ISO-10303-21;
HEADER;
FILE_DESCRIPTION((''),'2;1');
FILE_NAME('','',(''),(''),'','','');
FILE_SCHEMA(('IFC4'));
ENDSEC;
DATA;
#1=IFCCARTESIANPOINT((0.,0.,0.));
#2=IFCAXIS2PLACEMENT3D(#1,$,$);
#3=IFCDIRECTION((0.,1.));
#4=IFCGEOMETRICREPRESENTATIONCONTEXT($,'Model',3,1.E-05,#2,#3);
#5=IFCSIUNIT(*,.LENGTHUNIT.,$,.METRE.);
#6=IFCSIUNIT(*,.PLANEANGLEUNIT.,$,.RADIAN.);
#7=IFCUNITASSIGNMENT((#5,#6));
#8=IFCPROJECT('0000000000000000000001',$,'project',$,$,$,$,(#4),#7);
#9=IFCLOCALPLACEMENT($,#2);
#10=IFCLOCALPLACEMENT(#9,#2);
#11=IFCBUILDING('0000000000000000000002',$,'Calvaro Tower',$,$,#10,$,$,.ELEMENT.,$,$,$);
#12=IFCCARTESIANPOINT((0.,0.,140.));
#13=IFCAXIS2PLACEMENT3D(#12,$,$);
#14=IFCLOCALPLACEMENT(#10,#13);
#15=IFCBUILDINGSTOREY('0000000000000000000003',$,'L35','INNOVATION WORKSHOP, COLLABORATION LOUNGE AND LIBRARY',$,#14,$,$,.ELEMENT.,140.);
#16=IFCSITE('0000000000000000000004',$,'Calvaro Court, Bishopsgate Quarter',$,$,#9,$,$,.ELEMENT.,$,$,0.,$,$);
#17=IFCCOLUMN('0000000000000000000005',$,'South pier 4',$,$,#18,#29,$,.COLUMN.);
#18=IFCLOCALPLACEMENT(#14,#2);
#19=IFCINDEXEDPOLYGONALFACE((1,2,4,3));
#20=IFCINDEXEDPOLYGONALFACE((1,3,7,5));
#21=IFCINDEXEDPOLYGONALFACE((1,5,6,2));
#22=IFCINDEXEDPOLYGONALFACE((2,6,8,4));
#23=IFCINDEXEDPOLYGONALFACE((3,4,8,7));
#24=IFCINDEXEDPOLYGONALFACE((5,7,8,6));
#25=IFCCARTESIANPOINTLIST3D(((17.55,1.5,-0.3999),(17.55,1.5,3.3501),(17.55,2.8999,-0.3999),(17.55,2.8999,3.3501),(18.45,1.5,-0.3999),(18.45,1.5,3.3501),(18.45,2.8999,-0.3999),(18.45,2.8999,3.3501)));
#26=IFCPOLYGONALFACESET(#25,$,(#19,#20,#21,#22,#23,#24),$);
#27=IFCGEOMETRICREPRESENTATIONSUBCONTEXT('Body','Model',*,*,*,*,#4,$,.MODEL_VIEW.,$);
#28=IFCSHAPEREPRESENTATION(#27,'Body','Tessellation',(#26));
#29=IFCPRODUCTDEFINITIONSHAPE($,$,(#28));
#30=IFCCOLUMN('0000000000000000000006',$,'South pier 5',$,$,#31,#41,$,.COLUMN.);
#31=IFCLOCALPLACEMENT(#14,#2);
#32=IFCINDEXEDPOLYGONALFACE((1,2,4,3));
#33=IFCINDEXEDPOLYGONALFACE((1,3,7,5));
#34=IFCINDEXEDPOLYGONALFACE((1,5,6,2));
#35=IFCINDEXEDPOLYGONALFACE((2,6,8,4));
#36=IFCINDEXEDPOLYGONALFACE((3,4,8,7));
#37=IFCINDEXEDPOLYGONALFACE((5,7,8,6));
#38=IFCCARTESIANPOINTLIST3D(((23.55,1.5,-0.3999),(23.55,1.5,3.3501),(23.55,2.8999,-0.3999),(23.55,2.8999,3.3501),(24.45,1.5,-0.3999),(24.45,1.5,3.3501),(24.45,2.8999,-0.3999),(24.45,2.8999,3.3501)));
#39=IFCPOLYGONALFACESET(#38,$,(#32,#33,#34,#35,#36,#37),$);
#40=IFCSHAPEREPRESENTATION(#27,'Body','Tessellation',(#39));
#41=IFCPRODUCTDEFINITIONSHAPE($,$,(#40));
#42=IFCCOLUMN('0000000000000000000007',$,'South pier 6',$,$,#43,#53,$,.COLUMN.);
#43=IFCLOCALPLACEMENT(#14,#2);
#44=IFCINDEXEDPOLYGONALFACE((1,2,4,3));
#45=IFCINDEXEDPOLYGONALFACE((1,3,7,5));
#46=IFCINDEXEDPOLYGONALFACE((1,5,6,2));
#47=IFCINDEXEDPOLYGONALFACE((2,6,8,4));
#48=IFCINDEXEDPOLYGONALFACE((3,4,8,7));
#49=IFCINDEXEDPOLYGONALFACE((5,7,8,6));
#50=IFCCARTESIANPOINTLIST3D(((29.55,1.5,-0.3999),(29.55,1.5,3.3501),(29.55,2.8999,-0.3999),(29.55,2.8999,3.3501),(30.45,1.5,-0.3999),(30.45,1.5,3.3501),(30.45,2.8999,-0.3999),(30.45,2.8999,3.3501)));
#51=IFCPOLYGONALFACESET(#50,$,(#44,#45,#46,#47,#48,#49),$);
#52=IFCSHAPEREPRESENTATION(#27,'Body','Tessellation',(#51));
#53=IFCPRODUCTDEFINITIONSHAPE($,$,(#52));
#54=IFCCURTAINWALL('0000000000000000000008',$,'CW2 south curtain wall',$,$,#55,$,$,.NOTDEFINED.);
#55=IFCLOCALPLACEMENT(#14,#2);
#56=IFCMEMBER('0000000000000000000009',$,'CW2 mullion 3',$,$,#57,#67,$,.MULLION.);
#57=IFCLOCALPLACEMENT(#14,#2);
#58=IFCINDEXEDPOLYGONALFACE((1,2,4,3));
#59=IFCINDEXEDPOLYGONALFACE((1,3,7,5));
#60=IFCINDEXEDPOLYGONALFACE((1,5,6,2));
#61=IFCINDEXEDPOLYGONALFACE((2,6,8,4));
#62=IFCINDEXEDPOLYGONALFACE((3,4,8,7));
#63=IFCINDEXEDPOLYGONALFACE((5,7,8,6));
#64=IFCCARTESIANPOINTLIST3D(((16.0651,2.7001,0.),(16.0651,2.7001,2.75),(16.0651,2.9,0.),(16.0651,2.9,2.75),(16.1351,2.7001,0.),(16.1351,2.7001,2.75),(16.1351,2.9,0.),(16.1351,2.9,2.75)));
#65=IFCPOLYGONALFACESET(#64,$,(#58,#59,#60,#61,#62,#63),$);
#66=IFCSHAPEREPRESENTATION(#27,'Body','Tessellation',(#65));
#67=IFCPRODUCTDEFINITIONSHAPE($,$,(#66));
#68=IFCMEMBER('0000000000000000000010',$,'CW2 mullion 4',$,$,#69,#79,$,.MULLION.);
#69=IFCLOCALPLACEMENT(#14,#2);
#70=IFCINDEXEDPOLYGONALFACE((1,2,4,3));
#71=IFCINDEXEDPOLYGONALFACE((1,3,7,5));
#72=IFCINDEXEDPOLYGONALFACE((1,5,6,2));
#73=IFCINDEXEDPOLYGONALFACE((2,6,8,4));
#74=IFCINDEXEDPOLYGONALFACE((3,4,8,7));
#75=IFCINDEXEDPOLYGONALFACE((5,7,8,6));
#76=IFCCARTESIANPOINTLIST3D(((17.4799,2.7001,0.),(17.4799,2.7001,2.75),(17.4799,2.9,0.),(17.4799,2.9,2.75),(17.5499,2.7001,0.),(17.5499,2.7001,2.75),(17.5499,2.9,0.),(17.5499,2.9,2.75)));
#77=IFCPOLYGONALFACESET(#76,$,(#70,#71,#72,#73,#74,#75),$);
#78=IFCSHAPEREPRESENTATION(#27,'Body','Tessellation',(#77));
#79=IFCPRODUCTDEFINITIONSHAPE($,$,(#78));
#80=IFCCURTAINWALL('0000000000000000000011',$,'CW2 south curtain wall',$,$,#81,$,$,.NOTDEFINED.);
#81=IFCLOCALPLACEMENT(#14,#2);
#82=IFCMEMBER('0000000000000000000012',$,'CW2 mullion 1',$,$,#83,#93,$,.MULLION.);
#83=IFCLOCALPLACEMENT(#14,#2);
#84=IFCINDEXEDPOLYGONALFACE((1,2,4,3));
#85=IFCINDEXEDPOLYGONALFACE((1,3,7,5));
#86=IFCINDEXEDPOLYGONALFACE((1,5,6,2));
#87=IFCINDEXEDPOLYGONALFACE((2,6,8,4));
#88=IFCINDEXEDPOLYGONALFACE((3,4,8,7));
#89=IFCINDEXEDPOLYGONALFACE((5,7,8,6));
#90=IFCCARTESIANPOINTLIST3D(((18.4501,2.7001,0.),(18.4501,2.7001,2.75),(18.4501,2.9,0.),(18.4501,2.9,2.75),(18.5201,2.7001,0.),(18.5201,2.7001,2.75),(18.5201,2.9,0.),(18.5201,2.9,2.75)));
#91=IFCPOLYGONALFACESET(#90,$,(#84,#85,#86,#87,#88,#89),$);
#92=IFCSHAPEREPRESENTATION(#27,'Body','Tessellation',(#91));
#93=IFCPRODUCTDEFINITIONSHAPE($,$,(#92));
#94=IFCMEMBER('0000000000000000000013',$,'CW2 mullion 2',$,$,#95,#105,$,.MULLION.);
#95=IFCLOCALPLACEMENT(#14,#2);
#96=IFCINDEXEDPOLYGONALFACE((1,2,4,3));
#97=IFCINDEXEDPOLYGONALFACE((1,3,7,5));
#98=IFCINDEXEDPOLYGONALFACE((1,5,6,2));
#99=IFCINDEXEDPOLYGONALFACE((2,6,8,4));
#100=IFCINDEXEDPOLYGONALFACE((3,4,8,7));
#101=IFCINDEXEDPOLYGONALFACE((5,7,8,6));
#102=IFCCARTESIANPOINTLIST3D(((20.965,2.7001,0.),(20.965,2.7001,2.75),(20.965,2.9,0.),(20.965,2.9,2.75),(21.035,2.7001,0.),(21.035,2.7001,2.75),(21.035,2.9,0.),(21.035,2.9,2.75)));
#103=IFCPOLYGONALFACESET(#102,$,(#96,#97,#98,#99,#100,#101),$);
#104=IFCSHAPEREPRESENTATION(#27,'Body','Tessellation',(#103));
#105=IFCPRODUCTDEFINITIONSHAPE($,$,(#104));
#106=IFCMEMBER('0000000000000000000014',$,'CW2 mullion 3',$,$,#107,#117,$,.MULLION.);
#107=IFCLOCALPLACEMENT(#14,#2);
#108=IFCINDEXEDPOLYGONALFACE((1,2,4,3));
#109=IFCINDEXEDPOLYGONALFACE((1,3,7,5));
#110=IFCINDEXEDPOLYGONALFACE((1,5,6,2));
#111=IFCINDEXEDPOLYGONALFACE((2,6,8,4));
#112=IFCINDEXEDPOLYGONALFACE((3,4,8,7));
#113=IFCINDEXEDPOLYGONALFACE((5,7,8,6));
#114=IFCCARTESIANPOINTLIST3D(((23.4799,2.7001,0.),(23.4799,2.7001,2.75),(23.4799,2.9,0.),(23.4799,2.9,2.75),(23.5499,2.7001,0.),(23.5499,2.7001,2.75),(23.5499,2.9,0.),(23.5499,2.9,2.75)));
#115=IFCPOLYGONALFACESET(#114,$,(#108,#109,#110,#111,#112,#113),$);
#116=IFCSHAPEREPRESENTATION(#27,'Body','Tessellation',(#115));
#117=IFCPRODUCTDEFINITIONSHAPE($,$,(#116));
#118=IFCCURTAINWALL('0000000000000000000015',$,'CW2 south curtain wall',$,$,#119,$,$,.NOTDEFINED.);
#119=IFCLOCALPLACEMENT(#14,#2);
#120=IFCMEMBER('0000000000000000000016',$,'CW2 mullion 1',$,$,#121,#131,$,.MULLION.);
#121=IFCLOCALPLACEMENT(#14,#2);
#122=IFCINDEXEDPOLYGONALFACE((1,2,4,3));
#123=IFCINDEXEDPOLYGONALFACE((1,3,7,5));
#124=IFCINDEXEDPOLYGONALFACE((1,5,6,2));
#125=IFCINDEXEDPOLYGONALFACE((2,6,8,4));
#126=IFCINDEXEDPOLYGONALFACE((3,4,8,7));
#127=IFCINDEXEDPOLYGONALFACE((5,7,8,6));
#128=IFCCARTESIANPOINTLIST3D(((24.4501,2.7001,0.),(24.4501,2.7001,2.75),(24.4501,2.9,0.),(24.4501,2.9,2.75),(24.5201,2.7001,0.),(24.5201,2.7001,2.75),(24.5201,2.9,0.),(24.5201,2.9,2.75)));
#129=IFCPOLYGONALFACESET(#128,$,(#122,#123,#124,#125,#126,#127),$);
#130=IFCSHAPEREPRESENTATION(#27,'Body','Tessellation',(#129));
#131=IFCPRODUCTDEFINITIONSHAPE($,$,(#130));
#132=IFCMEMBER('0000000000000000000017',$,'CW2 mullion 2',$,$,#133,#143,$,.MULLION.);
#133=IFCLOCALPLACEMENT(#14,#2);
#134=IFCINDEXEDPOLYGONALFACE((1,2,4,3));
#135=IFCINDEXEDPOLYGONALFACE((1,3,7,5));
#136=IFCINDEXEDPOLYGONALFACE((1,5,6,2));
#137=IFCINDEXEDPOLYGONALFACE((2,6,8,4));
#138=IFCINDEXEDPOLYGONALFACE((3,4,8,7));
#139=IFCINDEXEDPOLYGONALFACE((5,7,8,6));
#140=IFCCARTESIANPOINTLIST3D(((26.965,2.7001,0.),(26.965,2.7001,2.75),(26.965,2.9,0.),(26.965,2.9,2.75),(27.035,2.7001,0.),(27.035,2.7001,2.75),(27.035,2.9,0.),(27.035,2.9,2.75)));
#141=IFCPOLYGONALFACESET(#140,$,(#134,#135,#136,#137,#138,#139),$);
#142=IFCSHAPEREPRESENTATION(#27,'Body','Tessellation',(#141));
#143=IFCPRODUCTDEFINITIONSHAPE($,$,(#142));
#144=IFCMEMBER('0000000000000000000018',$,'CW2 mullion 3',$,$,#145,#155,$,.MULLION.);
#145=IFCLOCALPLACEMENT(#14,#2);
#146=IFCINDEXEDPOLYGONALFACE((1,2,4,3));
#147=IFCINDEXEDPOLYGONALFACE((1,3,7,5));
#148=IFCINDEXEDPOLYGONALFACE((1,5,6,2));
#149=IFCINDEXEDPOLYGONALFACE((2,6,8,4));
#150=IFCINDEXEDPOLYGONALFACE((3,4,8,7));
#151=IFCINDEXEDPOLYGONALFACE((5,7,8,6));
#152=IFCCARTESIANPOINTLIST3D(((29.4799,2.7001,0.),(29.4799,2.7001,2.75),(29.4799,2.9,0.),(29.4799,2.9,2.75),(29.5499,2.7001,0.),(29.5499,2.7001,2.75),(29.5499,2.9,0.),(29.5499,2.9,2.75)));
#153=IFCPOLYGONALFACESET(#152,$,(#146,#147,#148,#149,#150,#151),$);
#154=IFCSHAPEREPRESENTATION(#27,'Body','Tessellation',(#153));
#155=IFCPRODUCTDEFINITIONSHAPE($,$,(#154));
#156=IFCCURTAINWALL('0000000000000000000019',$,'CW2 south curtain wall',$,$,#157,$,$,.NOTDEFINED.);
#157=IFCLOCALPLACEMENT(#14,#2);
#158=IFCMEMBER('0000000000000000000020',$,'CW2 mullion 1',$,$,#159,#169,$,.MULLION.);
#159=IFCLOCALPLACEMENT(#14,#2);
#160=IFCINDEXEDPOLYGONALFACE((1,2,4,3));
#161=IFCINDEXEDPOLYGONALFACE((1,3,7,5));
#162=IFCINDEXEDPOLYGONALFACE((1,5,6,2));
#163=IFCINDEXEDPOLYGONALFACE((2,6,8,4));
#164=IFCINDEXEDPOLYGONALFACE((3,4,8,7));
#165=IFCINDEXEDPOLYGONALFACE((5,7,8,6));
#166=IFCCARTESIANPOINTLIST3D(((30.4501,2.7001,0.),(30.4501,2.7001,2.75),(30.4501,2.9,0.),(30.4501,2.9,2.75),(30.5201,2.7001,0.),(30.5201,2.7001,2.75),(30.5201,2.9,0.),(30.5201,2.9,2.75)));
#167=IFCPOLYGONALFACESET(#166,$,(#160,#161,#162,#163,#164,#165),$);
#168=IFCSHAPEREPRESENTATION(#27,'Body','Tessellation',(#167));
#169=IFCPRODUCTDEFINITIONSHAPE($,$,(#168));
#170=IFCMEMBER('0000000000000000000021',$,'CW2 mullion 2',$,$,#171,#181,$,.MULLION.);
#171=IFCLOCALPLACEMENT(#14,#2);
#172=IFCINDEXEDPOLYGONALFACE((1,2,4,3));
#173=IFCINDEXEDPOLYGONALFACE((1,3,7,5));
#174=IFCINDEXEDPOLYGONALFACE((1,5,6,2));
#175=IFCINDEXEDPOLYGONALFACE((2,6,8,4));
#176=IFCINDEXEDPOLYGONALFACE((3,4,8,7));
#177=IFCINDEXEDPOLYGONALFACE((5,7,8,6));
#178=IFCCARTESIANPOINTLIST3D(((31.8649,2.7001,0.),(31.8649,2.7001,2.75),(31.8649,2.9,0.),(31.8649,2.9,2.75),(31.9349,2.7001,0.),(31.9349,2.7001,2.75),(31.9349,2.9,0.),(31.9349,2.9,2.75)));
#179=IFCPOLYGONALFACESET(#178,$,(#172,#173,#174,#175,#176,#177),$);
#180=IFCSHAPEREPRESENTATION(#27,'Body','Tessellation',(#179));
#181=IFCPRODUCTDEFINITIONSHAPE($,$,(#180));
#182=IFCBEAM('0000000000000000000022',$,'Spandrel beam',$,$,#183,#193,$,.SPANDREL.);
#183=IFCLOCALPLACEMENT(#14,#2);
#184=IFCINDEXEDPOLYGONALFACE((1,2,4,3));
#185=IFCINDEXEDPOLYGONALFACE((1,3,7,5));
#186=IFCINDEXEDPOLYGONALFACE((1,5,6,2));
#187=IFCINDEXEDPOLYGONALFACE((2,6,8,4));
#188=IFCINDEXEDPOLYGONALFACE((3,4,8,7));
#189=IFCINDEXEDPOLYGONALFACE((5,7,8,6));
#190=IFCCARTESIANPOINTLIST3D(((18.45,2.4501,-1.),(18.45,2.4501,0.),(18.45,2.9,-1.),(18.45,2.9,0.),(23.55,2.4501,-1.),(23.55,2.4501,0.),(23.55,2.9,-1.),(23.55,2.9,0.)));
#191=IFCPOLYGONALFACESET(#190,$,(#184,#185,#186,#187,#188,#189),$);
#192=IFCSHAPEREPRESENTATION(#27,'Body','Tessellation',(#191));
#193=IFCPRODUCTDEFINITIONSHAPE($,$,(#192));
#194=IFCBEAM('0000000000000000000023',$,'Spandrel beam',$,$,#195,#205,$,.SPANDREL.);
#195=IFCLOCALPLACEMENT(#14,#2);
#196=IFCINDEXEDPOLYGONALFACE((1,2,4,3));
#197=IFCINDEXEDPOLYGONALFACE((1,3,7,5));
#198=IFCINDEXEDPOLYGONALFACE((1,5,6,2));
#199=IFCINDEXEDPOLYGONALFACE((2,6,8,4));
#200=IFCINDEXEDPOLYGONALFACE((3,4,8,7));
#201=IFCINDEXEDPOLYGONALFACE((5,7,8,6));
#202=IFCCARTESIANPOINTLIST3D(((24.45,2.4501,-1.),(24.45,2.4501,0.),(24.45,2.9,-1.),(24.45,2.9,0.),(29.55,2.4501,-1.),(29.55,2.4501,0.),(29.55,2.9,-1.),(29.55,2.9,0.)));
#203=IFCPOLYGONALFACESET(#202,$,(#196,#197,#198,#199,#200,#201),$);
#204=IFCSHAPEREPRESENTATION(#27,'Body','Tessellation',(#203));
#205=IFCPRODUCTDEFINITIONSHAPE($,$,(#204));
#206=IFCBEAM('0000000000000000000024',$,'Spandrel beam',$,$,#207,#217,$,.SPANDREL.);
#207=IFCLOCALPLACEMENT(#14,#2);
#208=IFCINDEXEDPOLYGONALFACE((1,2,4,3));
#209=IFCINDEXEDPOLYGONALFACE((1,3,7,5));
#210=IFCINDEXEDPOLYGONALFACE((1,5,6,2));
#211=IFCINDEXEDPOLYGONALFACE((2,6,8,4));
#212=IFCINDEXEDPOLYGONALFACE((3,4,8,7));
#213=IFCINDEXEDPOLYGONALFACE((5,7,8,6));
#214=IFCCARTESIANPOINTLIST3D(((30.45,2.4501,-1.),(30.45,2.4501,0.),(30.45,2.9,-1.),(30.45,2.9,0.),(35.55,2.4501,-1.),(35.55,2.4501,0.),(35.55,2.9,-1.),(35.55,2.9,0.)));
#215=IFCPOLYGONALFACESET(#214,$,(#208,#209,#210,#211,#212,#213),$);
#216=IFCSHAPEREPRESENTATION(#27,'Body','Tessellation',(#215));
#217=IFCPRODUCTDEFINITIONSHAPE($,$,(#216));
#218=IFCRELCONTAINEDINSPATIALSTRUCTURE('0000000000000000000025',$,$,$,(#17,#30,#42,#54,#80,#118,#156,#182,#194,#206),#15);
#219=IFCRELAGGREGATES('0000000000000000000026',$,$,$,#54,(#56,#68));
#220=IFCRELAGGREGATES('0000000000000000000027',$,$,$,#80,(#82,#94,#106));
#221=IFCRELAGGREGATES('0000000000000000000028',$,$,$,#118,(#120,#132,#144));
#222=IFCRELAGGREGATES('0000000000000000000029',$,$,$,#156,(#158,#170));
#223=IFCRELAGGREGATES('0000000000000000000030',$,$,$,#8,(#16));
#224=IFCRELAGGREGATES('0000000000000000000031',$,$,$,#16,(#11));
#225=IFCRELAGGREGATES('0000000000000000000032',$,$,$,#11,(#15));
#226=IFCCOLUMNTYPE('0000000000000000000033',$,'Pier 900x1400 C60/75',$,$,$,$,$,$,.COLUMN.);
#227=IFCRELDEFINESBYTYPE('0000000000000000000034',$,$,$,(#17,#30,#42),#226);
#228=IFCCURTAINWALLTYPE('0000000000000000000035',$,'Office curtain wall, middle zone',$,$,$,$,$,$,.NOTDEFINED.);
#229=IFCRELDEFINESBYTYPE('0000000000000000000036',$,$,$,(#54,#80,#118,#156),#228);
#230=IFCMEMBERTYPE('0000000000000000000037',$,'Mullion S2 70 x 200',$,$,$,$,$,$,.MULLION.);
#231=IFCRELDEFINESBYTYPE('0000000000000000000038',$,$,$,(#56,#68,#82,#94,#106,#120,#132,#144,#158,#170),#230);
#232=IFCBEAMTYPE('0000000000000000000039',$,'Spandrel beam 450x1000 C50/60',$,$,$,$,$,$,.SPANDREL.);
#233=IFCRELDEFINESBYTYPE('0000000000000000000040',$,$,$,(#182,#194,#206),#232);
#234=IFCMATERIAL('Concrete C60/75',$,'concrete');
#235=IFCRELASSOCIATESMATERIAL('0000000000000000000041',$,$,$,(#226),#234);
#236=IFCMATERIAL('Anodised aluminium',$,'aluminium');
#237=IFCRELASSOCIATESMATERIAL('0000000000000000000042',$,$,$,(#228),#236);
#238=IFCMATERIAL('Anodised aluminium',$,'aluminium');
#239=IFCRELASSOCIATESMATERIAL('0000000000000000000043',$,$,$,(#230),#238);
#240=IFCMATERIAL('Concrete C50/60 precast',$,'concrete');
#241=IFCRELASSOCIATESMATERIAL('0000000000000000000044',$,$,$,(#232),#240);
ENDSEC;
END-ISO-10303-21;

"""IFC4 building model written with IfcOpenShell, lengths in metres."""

from ifc_helpers import new_model, si_unit, direction, frame, origin, origin_2d, place, context, subcontext, project, spatial, rectangle, extrude, material, material_profile, profile_set, type_object, element, aggregate, save


model = new_model("IFC4")

# Units and contexts
model_context = context("Model", 3, precision=1e-05, world=origin(), true_north=direction((0.0, 1.0)))
body_context = subcontext(model_context, "Body", "Model", "MODEL_VIEW")
ifc_project = project(units=[si_unit("LENGTHUNIT", "METRE"), si_unit("PLANEANGLEUNIT", "RADIAN")], contexts=[model_context])

# Site, building, storey
site_placement = place(None, origin())
site = spatial("IfcSite", under=ifc_project, at=site_placement, Name="Calvaro Court, Bishopsgate Quarter", CompositionType="ELEMENT", RefElevation=0.0)
building_placement = place(site_placement, origin())
building = spatial("IfcBuilding", under=site, at=building_placement, Name="Calvaro Tower", CompositionType="ELEMENT")
storey_placement = place(building_placement, frame((0.0, 0.0, 140.0)))
storey = spatial("IfcBuildingStorey", under=building, at=storey_placement, Name="L35", Description="INNOVATION WORKSHOP, COLLABORATION LOUNGE AND LIBRARY", CompositionType="ELEMENT", Elevation=140.0)

# Columns
ifc_material_1 = material(Name="Concrete C60/75", Category="concrete")
ifc_material_profile_1 = material_profile(ifc_material_1, rectangle(XDim=0.8999, YDim=1.3999, at=origin_2d()), Name="RC 900x1400")
ifc_profile_set_1 = profile_set([ifc_material_profile_1], Name="Concrete C60/75")
column_type = type_object("IfcColumnType", Name="Pier 900x1400 C60/75", PredefinedType="COLUMN", material=ifc_profile_set_1)
for number, where, z_axis, x_axis, name in (
    (1, (18.0, 2.2, -0.3999), (0.0, 0.0, 1.0), (1.0, 0.0, 0.0), "South pier 4"),
    (2, (24.0, 2.2, -0.3999), (0.0, 0.0, 1.0), (1.0, 0.0, 0.0), "South pier 5"),
    (3, (30.0, 2.2, -0.3999), (0.0, 0.0, 1.0), (1.0, 0.0, 0.0), "South pier 6"),
):
    element("IfcColumn", number, at=place(storey_placement, frame(where, z_axis=z_axis, x_axis=x_axis)), inside=storey, type_object=column_type, Name=name, PredefinedType="COLUMN", context=body_context, shape_type="SweptSolid", body=[
        extrude(rectangle(XDim=0.8999, YDim=1.3999, at=origin_2d()), origin(), (0.0, 0.0, 1.0), 3.75),
    ])

# Curtain walls, members
ifc_material_2 = material(Name="Anodised aluminium", Category="aluminium")
curtain_wall_type = type_object("IfcCurtainWallType", Name="Office curtain wall, middle zone", PredefinedType="NOTDEFINED", material=ifc_material_2)
curtain_wall_1_placement = place(storey_placement, origin())
curtain_wall_1 = element("IfcCurtainWall", 4, at=curtain_wall_1_placement, inside=storey, type_object=curtain_wall_type, Name="CW2 south curtain wall", PredefinedType="NOTDEFINED")
ifc_material_3 = material(Name="Anodised aluminium", Category="aluminium")
ifc_material_profile_2 = material_profile(ifc_material_3, rectangle(XDim=0.2, YDim=0.0701, at=origin_2d()), Name="Mullion S2 70 x 200")
ifc_profile_set_2 = profile_set([ifc_material_profile_2], Name="Anodised aluminium")
member_type_1 = type_object("IfcMemberType", Name="Mullion S2 70 x 200", PredefinedType="MULLION", material=ifc_profile_set_2)
member_1_placement = place(storey_placement, frame((16.1001, 2.8, 0.0), z_axis=(0.0, 0.0, 1.0), x_axis=(0.0, 1.0, 0.0)))
member_1 = element("IfcMember", 5, at=member_1_placement, type_object=member_type_1, Name="CW2 mullion 3", PredefinedType="MULLION", context=body_context, shape_type="SweptSolid", body=[
    extrude(rectangle(XDim=0.2, YDim=0.0701, at=origin_2d()), origin(), (0.0, 0.0, 1.0), 2.75),
])
member_2_placement = place(storey_placement, frame((17.5149, 2.8, 0.0), z_axis=(0.0, 0.0, 1.0), x_axis=(0.0, 1.0, 0.0)))
member_2 = element("IfcMember", 6, at=member_2_placement, type_object=member_type_1, Name="CW2 mullion 4", PredefinedType="MULLION", context=body_context, shape_type="SweptSolid", body=[
    extrude(rectangle(XDim=0.2, YDim=0.0701, at=origin_2d()), origin(), (0.0, 0.0, 1.0), 2.75),
])
curtain_wall_2_placement = place(storey_placement, origin())
curtain_wall_2 = element("IfcCurtainWall", 7, at=curtain_wall_2_placement, inside=storey, type_object=curtain_wall_type, Name="CW2 south curtain wall", PredefinedType="NOTDEFINED")
member_3_placement = place(storey_placement, frame((18.4851, 2.8, 0.0), z_axis=(0.0, 0.0, 1.0), x_axis=(0.0, 1.0, 0.0)))
member_3 = element("IfcMember", 8, at=member_3_placement, type_object=member_type_1, Name="CW2 mullion 1", PredefinedType="MULLION", context=body_context, shape_type="SweptSolid", body=[
    extrude(rectangle(XDim=0.2, YDim=0.0701, at=origin_2d()), origin(), (0.0, 0.0, 1.0), 2.75),
])
member_4_placement = place(storey_placement, frame((21.0, 2.8, 0.0), z_axis=(0.0, 0.0, 1.0), x_axis=(0.0, 1.0, 0.0)))
member_4 = element("IfcMember", 9, at=member_4_placement, type_object=member_type_1, Name="CW2 mullion 2", PredefinedType="MULLION", context=body_context, shape_type="SweptSolid", body=[
    extrude(rectangle(XDim=0.2, YDim=0.0701, at=origin_2d()), origin(), (0.0, 0.0, 1.0), 2.75),
])
member_5_placement = place(storey_placement, frame((23.5149, 2.8, 0.0), z_axis=(0.0, 0.0, 1.0), x_axis=(0.0, 1.0, 0.0)))
member_5 = element("IfcMember", 10, at=member_5_placement, type_object=member_type_1, Name="CW2 mullion 3", PredefinedType="MULLION", context=body_context, shape_type="SweptSolid", body=[
    extrude(rectangle(XDim=0.2, YDim=0.0701, at=origin_2d()), origin(), (0.0, 0.0, 1.0), 2.75),
])
curtain_wall_3_placement = place(storey_placement, origin())
curtain_wall_3 = element("IfcCurtainWall", 11, at=curtain_wall_3_placement, inside=storey, type_object=curtain_wall_type, Name="CW2 south curtain wall", PredefinedType="NOTDEFINED")
member_6_placement = place(storey_placement, frame((24.4851, 2.8, 0.0), z_axis=(0.0, 0.0, 1.0), x_axis=(0.0, 1.0, 0.0)))
member_6 = element("IfcMember", 12, at=member_6_placement, type_object=member_type_1, Name="CW2 mullion 1", PredefinedType="MULLION", context=body_context, shape_type="SweptSolid", body=[
    extrude(rectangle(XDim=0.2, YDim=0.0701, at=origin_2d()), origin(), (0.0, 0.0, 1.0), 2.75),
])
member_7_placement = place(storey_placement, frame((27.0, 2.8, 0.0), z_axis=(0.0, 0.0, 1.0), x_axis=(0.0, 1.0, 0.0)))
member_7 = element("IfcMember", 13, at=member_7_placement, type_object=member_type_1, Name="CW2 mullion 2", PredefinedType="MULLION", context=body_context, shape_type="SweptSolid", body=[
    extrude(rectangle(XDim=0.2, YDim=0.0701, at=origin_2d()), origin(), (0.0, 0.0, 1.0), 2.75),
])
member_8_placement = place(storey_placement, frame((29.5149, 2.8, 0.0), z_axis=(0.0, 0.0, 1.0), x_axis=(0.0, 1.0, 0.0)))
member_8 = element("IfcMember", 14, at=member_8_placement, type_object=member_type_1, Name="CW2 mullion 3", PredefinedType="MULLION", context=body_context, shape_type="SweptSolid", body=[
    extrude(rectangle(XDim=0.2, YDim=0.0701, at=origin_2d()), origin(), (0.0, 0.0, 1.0), 2.75),
])
curtain_wall_4_placement = place(storey_placement, origin())
curtain_wall_4 = element("IfcCurtainWall", 15, at=curtain_wall_4_placement, inside=storey, type_object=curtain_wall_type, Name="CW2 south curtain wall", PredefinedType="NOTDEFINED")
member_9_placement = place(storey_placement, frame((30.4851, 2.8, 0.0), z_axis=(0.0, 0.0, 1.0), x_axis=(0.0, 1.0, 0.0)))
member_9 = element("IfcMember", 16, at=member_9_placement, type_object=member_type_1, Name="CW2 mullion 1", PredefinedType="MULLION", context=body_context, shape_type="SweptSolid", body=[
    extrude(rectangle(XDim=0.2, YDim=0.0701, at=origin_2d()), origin(), (0.0, 0.0, 1.0), 2.75),
])
member_10_placement = place(storey_placement, frame((31.8999, 2.8, 0.0), z_axis=(0.0, 0.0, 1.0), x_axis=(0.0, 1.0, 0.0)))
member_10 = element("IfcMember", 17, at=member_10_placement, type_object=member_type_1, Name="CW2 mullion 2", PredefinedType="MULLION", context=body_context, shape_type="SweptSolid", body=[
    extrude(rectangle(XDim=0.2, YDim=0.0701, at=origin_2d()), origin(), (0.0, 0.0, 1.0), 2.75),
])

# Beams
ifc_material_4 = material(Name="Concrete C50/60 precast", Category="concrete")
ifc_material_profile_3 = material_profile(ifc_material_4, rectangle(XDim=0.45, YDim=1.0, at=origin_2d()), Name="RC 450x1000")
ifc_profile_set_3 = profile_set([ifc_material_profile_3], Name="Concrete C50/60 precast")
beam_type = type_object("IfcBeamType", Name="Spandrel beam 450x1000 C50/60", PredefinedType="SPANDREL", material=ifc_profile_set_3)
for number, where, z_axis, x_axis, name in (
    (18, (18.45, 2.675, -0.5), (1.0, 0.0, 0.0), (0.0, 1.0, 0.0), "Spandrel beam"),
    (19, (24.45, 2.675, -0.5), (1.0, 0.0, 0.0), (0.0, 1.0, 0.0), "Spandrel beam"),
    (20, (30.45, 2.675, -0.5), (1.0, 0.0, 0.0), (0.0, 1.0, 0.0), "Spandrel beam"),
):
    element("IfcBeam", number, at=place(storey_placement, frame(where, z_axis=z_axis, x_axis=x_axis)), inside=storey, type_object=beam_type, Name=name, PredefinedType="SPANDREL", context=body_context, shape_type="SweptSolid", body=[
        extrude(rectangle(XDim=0.45, YDim=1.0, at=origin_2d()), origin(), (0.0, 0.0, 1.0), 5.1001),
    ])

aggregate(curtain_wall_1, [member_1, member_2])
aggregate(curtain_wall_2, [member_3, member_4, member_5])
aggregate(curtain_wall_3, [member_6, member_7, member_8])
aggregate(curtain_wall_4, [member_9, member_10])

save(model, "model.ifc")
